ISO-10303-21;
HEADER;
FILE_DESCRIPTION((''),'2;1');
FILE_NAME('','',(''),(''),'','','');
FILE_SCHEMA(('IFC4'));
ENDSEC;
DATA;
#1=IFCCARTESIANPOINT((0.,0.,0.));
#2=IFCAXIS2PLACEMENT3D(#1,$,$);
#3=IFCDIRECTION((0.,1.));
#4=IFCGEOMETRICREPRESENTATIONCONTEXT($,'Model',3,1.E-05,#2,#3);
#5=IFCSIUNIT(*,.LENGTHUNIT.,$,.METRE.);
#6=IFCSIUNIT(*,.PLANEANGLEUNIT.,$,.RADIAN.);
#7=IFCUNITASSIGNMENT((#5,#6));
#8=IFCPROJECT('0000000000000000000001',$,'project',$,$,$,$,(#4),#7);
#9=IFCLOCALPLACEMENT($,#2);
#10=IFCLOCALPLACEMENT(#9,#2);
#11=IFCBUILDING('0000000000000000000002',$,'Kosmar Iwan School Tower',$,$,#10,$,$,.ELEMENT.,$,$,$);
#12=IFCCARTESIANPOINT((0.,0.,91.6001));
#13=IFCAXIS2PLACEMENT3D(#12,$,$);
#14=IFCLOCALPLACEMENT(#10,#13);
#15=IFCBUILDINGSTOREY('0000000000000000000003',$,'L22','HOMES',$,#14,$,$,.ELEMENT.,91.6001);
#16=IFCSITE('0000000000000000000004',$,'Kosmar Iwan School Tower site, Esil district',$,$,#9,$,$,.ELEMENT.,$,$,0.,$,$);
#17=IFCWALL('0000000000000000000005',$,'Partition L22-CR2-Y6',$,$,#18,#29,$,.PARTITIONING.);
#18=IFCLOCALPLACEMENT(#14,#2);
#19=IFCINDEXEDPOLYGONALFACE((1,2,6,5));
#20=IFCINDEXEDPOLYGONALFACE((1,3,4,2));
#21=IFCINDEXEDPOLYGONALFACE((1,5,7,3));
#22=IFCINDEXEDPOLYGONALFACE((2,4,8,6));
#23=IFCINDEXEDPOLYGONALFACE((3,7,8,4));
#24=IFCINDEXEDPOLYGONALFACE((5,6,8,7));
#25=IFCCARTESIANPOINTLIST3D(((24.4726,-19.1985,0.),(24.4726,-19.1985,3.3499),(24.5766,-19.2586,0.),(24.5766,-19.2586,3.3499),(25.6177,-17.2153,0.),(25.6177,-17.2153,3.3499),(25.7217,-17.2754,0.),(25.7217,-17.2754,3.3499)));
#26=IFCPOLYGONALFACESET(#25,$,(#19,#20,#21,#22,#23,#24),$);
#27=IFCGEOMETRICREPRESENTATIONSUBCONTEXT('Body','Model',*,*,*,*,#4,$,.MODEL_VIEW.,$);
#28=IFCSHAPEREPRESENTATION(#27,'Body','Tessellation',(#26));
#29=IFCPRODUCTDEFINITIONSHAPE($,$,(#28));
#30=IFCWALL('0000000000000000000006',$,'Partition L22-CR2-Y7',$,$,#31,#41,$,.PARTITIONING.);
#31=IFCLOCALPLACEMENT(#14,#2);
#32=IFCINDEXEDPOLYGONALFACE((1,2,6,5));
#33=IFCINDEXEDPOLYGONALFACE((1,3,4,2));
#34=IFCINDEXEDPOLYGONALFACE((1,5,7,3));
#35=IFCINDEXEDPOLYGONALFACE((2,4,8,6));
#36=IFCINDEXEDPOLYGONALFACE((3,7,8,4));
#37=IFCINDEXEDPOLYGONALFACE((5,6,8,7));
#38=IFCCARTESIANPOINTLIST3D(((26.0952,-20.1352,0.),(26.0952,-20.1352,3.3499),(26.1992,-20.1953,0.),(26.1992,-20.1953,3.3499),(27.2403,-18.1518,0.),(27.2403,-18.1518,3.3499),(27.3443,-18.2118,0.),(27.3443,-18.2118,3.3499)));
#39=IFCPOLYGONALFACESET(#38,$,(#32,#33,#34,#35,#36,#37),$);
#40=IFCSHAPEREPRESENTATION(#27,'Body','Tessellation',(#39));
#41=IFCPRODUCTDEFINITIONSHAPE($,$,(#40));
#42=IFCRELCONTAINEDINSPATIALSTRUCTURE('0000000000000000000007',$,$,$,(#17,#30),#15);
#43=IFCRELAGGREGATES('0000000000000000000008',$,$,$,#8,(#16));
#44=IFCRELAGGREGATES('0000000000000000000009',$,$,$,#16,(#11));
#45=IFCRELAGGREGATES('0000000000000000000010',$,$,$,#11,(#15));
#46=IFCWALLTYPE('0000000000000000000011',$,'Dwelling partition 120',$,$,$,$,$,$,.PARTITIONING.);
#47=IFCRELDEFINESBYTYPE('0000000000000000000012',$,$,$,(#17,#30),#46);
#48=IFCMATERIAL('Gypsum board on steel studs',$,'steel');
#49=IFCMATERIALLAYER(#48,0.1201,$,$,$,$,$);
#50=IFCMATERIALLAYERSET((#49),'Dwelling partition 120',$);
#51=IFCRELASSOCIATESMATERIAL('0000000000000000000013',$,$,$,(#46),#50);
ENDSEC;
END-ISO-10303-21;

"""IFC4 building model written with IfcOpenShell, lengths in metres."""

from ifc_helpers import new_model, si_unit, direction, frame, frame_2d, origin, place, context, subcontext, project, spatial, rectangle, extrude, material, layer, layer_set, type_object, element, save


model = new_model("IFC4")

# Units and contexts
model_context = context("Model", 3, precision=1e-05, world=origin(), true_north=direction((0.0, 1.0)))
body_context = subcontext(model_context, "Body", "Model", "MODEL_VIEW")
ifc_project = project(units=[si_unit("LENGTHUNIT", "METRE"), si_unit("PLANEANGLEUNIT", "RADIAN")], contexts=[model_context])

# Site, building, storey
site_placement = place(None, origin())
site = spatial("IfcSite", under=ifc_project, at=site_placement, Name="Kosmar Iwan School Tower site, Esil district", CompositionType="ELEMENT", RefElevation=0.0)
building_placement = place(site_placement, origin())
building = spatial("IfcBuilding", under=site, at=building_placement, Name="Kosmar Iwan School Tower", CompositionType="ELEMENT")
storey_placement = place(building_placement, frame((0.0, 0.0, 91.6001)))
storey = spatial("IfcBuildingStorey", under=building, at=storey_placement, Name="L22", Description="HOMES", CompositionType="ELEMENT", Elevation=91.6001)

# Shared definitions
ifc_material_1 = material(Name="Gypsum board on steel studs", Category="steel")
ifc_layer_1 = layer(ifc_material_1, 0.1201)
ifc_layer_set_1 = layer_set([ifc_layer_1], Name="Dwelling partition 120")
wall_type = type_object("IfcWallType", Name="Dwelling partition 120", PredefinedType="PARTITIONING", material=ifc_layer_set_1)

# Walls
wall_1_placement = place(storey_placement, frame((25.6697, -17.2454, 0.0), z_axis=(0.0, 0.0, 1.0), x_axis=(-0.500015, -0.866017, 0.0)))
element("IfcWall", 1, at=wall_1_placement, inside=storey, type_object=wall_type, Name="Partition L22-CR2-Y6", PredefinedType="PARTITIONING", context=body_context, shape_type="SweptSolid", body=[
    extrude(rectangle(XDim=2.29, YDim=0.1201, at=frame_2d((1.145, 0.0))), origin(), (0.0, 0.0, 1.0), 3.3499),
])
wall_2_placement = place(storey_placement, frame((27.2922, -18.1819, 0.0), z_axis=(0.0, 0.0, 1.0), x_axis=(-0.499969, -0.866044, 0.0)))
element("IfcWall", 2, at=wall_2_placement, inside=storey, type_object=wall_type, Name="Partition L22-CR2-Y7", PredefinedType="PARTITIONING", context=body_context, shape_type="SweptSolid", body=[
    extrude(rectangle(XDim=2.2903, YDim=0.1201, at=frame_2d((1.145, 0.0))), origin(), (0.0, 0.0, 1.0), 3.3499),
])

save(model, "model.ifc")
